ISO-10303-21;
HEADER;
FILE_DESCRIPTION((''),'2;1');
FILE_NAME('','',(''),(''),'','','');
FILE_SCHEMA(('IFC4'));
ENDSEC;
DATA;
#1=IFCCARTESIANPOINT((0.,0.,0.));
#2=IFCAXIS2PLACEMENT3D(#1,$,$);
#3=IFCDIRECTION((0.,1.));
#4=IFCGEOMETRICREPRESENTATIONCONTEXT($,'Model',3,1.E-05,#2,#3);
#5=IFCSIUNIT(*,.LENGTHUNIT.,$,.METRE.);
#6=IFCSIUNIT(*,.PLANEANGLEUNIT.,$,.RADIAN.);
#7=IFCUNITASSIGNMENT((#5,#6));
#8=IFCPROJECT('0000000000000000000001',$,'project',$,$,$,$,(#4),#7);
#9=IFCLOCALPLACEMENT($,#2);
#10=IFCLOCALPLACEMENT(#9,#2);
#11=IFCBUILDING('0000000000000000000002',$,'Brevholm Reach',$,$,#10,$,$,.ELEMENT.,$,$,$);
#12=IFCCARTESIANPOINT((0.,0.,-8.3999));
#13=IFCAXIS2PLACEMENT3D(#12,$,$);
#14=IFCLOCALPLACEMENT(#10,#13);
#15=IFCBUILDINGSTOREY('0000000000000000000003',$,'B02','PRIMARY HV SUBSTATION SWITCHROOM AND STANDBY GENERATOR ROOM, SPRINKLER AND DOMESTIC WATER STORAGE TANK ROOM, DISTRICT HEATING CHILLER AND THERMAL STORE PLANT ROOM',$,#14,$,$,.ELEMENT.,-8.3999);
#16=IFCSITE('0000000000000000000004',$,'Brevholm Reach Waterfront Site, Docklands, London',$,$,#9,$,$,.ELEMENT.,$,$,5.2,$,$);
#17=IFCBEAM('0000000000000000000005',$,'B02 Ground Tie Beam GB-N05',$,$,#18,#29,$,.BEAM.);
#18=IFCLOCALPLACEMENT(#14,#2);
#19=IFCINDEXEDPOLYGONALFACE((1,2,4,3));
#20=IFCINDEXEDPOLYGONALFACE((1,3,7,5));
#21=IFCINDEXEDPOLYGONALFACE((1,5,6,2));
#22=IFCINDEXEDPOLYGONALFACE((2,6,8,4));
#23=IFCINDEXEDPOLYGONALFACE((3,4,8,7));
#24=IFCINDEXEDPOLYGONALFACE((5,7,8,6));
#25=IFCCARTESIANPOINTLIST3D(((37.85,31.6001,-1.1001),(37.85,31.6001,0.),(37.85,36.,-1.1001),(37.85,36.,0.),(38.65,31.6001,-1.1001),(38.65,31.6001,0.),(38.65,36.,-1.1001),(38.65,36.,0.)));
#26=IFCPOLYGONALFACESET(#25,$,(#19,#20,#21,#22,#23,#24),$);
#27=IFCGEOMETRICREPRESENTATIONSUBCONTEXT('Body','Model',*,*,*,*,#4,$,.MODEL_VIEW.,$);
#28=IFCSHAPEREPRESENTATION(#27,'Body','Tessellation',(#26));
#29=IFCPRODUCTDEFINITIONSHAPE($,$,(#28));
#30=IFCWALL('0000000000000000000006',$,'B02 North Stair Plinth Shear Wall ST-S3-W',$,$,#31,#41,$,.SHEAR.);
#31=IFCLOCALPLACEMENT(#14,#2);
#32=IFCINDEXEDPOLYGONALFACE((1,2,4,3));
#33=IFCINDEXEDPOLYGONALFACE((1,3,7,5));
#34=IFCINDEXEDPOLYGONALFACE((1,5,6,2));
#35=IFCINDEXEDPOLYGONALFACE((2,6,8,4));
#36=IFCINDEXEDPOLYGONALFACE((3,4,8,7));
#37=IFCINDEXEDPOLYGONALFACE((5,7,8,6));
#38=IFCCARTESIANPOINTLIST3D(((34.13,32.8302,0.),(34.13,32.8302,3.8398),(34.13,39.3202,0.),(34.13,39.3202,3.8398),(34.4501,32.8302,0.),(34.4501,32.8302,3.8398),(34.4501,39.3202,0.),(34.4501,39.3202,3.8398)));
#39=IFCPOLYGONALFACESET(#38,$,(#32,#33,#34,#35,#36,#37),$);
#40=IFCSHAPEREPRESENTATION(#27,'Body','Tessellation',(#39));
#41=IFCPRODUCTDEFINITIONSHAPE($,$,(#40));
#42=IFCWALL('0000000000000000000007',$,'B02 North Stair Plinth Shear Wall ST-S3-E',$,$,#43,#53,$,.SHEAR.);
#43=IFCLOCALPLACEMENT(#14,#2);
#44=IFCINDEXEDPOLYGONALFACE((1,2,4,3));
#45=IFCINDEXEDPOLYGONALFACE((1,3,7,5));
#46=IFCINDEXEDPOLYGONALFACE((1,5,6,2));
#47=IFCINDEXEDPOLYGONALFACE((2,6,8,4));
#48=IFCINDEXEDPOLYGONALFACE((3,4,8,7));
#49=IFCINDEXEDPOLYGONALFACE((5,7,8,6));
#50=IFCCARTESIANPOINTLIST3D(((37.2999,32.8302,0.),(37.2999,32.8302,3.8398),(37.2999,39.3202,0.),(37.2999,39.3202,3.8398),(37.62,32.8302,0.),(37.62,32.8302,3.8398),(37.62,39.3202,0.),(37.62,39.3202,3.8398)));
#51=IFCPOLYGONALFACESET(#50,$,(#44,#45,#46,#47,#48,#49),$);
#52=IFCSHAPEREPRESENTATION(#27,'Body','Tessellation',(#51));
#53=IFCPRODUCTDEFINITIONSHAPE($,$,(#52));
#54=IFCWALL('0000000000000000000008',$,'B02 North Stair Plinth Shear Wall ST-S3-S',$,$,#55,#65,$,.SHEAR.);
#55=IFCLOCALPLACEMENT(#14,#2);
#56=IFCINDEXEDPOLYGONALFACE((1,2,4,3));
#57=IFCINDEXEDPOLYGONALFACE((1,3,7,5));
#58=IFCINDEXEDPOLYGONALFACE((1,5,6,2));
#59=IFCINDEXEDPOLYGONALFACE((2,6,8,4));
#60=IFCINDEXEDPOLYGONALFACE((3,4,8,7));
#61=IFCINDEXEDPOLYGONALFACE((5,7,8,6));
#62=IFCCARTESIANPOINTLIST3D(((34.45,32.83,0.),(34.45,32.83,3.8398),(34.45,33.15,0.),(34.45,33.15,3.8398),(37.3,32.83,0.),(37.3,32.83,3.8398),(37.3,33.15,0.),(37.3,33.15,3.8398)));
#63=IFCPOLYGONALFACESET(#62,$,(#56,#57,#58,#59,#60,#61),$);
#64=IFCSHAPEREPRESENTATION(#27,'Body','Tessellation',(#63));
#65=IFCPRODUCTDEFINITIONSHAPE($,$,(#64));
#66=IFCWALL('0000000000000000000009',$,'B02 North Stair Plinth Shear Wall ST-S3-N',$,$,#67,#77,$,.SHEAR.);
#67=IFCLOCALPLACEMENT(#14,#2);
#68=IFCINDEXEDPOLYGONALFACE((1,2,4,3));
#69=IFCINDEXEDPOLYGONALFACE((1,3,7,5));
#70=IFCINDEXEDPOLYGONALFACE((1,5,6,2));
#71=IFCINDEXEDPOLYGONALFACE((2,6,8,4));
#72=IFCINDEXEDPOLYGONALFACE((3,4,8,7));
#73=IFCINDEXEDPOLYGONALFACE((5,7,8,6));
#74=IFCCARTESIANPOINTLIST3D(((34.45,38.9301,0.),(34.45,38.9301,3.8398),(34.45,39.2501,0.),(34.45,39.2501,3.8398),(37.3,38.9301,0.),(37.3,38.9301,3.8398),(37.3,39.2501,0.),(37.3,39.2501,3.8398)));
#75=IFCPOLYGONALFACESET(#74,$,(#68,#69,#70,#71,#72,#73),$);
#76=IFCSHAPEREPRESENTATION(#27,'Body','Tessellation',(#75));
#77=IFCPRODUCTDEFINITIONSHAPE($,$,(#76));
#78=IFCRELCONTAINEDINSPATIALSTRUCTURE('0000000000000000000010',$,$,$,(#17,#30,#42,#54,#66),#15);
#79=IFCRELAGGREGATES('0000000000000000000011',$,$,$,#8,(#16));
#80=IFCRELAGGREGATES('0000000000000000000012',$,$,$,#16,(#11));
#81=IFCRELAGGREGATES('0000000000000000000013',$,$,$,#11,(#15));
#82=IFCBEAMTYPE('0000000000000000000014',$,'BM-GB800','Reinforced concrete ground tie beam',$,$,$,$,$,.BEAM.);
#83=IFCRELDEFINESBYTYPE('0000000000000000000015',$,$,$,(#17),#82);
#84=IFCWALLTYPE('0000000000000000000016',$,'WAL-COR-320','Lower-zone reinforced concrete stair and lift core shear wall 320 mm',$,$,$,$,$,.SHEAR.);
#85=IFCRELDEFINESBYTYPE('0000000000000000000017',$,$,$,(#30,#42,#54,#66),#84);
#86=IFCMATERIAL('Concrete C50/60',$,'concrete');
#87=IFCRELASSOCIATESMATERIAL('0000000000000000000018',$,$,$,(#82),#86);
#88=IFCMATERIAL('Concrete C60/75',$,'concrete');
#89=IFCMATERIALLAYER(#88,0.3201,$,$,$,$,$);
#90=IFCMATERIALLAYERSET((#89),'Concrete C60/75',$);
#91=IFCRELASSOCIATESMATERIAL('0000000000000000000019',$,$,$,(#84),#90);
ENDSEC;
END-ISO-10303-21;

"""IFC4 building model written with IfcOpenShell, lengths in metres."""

from ifc_helpers import new_model, si_unit, direction, frame, frame_2d, origin, origin_2d, place, context, subcontext, project, spatial, rectangle, extrude, material, layer, layer_set, material_profile, profile_set, type_object, element, save


model = new_model("IFC4")

# Units and contexts
model_context = context("Model", 3, precision=1e-05, world=origin(), true_north=direction((0.0, 1.0)))
body_context = subcontext(model_context, "Body", "Model", "MODEL_VIEW")
ifc_project = project(units=[si_unit("LENGTHUNIT", "METRE"), si_unit("PLANEANGLEUNIT", "RADIAN")], contexts=[model_context])

# Site, building, storey
site_placement = place(None, origin())
site = spatial("IfcSite", under=ifc_project, at=site_placement, Name="Brevholm Reach Waterfront Site, Docklands, London", CompositionType="ELEMENT", RefElevation=5.2)
building_placement = place(site_placement, origin())
building = spatial("IfcBuilding", under=site, at=building_placement, Name="Brevholm Reach", CompositionType="ELEMENT")
storey_placement = place(building_placement, frame((0.0, 0.0, -8.3999)))
storey = spatial("IfcBuildingStorey", under=building, at=storey_placement, Name="B02", Description="PRIMARY HV SUBSTATION SWITCHROOM AND STANDBY GENERATOR ROOM, SPRINKLER AND DOMESTIC WATER STORAGE TANK ROOM, DISTRICT HEATING CHILLER AND THERMAL STORE PLANT ROOM", CompositionType="ELEMENT", Elevation=-8.3999)

# Beam
ifc_material_1 = material(Name="Concrete C50/60", Category="concrete")
ifc_material_profile_1 = material_profile(ifc_material_1, rectangle(XDim=0.8, YDim=1.1001, at=origin_2d()), Name="RC 800x1100")
ifc_profile_set_1 = profile_set([ifc_material_profile_1], Name="Concrete C50/60")
beam_type_1 = type_object("IfcBeamType", Name="BM-GB800", Description="Reinforced concrete ground tie beam", PredefinedType="BEAM", material=ifc_profile_set_1)
for number, where, z_axis, x_axis, name in (
    (1, (38.25, 31.6001, -0.55), (0.0, 1.0, 0.0), (-1.0, 0.0, 0.0), "B02 Ground Tie Beam GB-N05"),
):
    element("IfcBeam", number, at=place(storey_placement, frame(where, z_axis=z_axis, x_axis=x_axis)), inside=storey, type_object=beam_type_1, Name=name, PredefinedType="BEAM", context=body_context, shape_type="SweptSolid", body=[
        extrude(rectangle(XDim=0.8, YDim=1.1001, at=origin_2d()), origin(), (0.0, 0.0, 1.0), 4.3999),
    ])

# Walls
ifc_material_2 = material(Name="Concrete C60/75", Category="concrete")
ifc_layer = layer(ifc_material_2, 0.3201)
ifc_layer_set = layer_set([ifc_layer], Name="Concrete C60/75")
wall_type = type_object("IfcWallType", Name="WAL-COR-320", Description="Lower-zone reinforced concrete stair and lift core shear wall 320 mm", PredefinedType="SHEAR", material=ifc_layer_set)
for number, where, z_axis, x_axis, name in (
    (2, (34.29, 32.8301, 0.0), (0.0, 0.0, 1.0), (0.0, 1.0, 0.0), "B02 North Stair Plinth Shear Wall ST-S3-W"),
    (3, (37.46, 32.8301, 0.0), (0.0, 0.0, 1.0), (0.0, 1.0, 0.0), "B02 North Stair Plinth Shear Wall ST-S3-E"),
):
    element("IfcWall", number, at=place(storey_placement, frame(where, z_axis=z_axis, x_axis=x_axis)), inside=storey, type_object=wall_type, Name=name, PredefinedType="SHEAR", context=body_context, shape_type="SweptSolid", body=[
        extrude(rectangle(XDim=6.49, YDim=0.3201, at=frame_2d((3.2451, 0.0))), origin(), (0.0, 0.0, 1.0), 3.8398),
    ])
for number, where, z_axis, x_axis, name in (
    (4, (34.45, 32.99, 0.0), (0.0, 0.0, 1.0), (1.0, 0.0, 0.0), "B02 North Stair Plinth Shear Wall ST-S3-S"),
    (5, (34.45, 39.0901, 0.0), (0.0, 0.0, 1.0), (1.0, 0.0, 0.0), "B02 North Stair Plinth Shear Wall ST-S3-N"),
):
    element("IfcWall", number, at=place(storey_placement, frame(where, z_axis=z_axis, x_axis=x_axis)), inside=storey, type_object=wall_type, Name=name, PredefinedType="SHEAR", context=body_context, shape_type="SweptSolid", body=[
        extrude(rectangle(XDim=2.8501, YDim=0.3201, at=frame_2d((1.425, 0.0))), origin(), (0.0, 0.0, 1.0), 3.8398),
    ])

save(model, "model.ifc")
